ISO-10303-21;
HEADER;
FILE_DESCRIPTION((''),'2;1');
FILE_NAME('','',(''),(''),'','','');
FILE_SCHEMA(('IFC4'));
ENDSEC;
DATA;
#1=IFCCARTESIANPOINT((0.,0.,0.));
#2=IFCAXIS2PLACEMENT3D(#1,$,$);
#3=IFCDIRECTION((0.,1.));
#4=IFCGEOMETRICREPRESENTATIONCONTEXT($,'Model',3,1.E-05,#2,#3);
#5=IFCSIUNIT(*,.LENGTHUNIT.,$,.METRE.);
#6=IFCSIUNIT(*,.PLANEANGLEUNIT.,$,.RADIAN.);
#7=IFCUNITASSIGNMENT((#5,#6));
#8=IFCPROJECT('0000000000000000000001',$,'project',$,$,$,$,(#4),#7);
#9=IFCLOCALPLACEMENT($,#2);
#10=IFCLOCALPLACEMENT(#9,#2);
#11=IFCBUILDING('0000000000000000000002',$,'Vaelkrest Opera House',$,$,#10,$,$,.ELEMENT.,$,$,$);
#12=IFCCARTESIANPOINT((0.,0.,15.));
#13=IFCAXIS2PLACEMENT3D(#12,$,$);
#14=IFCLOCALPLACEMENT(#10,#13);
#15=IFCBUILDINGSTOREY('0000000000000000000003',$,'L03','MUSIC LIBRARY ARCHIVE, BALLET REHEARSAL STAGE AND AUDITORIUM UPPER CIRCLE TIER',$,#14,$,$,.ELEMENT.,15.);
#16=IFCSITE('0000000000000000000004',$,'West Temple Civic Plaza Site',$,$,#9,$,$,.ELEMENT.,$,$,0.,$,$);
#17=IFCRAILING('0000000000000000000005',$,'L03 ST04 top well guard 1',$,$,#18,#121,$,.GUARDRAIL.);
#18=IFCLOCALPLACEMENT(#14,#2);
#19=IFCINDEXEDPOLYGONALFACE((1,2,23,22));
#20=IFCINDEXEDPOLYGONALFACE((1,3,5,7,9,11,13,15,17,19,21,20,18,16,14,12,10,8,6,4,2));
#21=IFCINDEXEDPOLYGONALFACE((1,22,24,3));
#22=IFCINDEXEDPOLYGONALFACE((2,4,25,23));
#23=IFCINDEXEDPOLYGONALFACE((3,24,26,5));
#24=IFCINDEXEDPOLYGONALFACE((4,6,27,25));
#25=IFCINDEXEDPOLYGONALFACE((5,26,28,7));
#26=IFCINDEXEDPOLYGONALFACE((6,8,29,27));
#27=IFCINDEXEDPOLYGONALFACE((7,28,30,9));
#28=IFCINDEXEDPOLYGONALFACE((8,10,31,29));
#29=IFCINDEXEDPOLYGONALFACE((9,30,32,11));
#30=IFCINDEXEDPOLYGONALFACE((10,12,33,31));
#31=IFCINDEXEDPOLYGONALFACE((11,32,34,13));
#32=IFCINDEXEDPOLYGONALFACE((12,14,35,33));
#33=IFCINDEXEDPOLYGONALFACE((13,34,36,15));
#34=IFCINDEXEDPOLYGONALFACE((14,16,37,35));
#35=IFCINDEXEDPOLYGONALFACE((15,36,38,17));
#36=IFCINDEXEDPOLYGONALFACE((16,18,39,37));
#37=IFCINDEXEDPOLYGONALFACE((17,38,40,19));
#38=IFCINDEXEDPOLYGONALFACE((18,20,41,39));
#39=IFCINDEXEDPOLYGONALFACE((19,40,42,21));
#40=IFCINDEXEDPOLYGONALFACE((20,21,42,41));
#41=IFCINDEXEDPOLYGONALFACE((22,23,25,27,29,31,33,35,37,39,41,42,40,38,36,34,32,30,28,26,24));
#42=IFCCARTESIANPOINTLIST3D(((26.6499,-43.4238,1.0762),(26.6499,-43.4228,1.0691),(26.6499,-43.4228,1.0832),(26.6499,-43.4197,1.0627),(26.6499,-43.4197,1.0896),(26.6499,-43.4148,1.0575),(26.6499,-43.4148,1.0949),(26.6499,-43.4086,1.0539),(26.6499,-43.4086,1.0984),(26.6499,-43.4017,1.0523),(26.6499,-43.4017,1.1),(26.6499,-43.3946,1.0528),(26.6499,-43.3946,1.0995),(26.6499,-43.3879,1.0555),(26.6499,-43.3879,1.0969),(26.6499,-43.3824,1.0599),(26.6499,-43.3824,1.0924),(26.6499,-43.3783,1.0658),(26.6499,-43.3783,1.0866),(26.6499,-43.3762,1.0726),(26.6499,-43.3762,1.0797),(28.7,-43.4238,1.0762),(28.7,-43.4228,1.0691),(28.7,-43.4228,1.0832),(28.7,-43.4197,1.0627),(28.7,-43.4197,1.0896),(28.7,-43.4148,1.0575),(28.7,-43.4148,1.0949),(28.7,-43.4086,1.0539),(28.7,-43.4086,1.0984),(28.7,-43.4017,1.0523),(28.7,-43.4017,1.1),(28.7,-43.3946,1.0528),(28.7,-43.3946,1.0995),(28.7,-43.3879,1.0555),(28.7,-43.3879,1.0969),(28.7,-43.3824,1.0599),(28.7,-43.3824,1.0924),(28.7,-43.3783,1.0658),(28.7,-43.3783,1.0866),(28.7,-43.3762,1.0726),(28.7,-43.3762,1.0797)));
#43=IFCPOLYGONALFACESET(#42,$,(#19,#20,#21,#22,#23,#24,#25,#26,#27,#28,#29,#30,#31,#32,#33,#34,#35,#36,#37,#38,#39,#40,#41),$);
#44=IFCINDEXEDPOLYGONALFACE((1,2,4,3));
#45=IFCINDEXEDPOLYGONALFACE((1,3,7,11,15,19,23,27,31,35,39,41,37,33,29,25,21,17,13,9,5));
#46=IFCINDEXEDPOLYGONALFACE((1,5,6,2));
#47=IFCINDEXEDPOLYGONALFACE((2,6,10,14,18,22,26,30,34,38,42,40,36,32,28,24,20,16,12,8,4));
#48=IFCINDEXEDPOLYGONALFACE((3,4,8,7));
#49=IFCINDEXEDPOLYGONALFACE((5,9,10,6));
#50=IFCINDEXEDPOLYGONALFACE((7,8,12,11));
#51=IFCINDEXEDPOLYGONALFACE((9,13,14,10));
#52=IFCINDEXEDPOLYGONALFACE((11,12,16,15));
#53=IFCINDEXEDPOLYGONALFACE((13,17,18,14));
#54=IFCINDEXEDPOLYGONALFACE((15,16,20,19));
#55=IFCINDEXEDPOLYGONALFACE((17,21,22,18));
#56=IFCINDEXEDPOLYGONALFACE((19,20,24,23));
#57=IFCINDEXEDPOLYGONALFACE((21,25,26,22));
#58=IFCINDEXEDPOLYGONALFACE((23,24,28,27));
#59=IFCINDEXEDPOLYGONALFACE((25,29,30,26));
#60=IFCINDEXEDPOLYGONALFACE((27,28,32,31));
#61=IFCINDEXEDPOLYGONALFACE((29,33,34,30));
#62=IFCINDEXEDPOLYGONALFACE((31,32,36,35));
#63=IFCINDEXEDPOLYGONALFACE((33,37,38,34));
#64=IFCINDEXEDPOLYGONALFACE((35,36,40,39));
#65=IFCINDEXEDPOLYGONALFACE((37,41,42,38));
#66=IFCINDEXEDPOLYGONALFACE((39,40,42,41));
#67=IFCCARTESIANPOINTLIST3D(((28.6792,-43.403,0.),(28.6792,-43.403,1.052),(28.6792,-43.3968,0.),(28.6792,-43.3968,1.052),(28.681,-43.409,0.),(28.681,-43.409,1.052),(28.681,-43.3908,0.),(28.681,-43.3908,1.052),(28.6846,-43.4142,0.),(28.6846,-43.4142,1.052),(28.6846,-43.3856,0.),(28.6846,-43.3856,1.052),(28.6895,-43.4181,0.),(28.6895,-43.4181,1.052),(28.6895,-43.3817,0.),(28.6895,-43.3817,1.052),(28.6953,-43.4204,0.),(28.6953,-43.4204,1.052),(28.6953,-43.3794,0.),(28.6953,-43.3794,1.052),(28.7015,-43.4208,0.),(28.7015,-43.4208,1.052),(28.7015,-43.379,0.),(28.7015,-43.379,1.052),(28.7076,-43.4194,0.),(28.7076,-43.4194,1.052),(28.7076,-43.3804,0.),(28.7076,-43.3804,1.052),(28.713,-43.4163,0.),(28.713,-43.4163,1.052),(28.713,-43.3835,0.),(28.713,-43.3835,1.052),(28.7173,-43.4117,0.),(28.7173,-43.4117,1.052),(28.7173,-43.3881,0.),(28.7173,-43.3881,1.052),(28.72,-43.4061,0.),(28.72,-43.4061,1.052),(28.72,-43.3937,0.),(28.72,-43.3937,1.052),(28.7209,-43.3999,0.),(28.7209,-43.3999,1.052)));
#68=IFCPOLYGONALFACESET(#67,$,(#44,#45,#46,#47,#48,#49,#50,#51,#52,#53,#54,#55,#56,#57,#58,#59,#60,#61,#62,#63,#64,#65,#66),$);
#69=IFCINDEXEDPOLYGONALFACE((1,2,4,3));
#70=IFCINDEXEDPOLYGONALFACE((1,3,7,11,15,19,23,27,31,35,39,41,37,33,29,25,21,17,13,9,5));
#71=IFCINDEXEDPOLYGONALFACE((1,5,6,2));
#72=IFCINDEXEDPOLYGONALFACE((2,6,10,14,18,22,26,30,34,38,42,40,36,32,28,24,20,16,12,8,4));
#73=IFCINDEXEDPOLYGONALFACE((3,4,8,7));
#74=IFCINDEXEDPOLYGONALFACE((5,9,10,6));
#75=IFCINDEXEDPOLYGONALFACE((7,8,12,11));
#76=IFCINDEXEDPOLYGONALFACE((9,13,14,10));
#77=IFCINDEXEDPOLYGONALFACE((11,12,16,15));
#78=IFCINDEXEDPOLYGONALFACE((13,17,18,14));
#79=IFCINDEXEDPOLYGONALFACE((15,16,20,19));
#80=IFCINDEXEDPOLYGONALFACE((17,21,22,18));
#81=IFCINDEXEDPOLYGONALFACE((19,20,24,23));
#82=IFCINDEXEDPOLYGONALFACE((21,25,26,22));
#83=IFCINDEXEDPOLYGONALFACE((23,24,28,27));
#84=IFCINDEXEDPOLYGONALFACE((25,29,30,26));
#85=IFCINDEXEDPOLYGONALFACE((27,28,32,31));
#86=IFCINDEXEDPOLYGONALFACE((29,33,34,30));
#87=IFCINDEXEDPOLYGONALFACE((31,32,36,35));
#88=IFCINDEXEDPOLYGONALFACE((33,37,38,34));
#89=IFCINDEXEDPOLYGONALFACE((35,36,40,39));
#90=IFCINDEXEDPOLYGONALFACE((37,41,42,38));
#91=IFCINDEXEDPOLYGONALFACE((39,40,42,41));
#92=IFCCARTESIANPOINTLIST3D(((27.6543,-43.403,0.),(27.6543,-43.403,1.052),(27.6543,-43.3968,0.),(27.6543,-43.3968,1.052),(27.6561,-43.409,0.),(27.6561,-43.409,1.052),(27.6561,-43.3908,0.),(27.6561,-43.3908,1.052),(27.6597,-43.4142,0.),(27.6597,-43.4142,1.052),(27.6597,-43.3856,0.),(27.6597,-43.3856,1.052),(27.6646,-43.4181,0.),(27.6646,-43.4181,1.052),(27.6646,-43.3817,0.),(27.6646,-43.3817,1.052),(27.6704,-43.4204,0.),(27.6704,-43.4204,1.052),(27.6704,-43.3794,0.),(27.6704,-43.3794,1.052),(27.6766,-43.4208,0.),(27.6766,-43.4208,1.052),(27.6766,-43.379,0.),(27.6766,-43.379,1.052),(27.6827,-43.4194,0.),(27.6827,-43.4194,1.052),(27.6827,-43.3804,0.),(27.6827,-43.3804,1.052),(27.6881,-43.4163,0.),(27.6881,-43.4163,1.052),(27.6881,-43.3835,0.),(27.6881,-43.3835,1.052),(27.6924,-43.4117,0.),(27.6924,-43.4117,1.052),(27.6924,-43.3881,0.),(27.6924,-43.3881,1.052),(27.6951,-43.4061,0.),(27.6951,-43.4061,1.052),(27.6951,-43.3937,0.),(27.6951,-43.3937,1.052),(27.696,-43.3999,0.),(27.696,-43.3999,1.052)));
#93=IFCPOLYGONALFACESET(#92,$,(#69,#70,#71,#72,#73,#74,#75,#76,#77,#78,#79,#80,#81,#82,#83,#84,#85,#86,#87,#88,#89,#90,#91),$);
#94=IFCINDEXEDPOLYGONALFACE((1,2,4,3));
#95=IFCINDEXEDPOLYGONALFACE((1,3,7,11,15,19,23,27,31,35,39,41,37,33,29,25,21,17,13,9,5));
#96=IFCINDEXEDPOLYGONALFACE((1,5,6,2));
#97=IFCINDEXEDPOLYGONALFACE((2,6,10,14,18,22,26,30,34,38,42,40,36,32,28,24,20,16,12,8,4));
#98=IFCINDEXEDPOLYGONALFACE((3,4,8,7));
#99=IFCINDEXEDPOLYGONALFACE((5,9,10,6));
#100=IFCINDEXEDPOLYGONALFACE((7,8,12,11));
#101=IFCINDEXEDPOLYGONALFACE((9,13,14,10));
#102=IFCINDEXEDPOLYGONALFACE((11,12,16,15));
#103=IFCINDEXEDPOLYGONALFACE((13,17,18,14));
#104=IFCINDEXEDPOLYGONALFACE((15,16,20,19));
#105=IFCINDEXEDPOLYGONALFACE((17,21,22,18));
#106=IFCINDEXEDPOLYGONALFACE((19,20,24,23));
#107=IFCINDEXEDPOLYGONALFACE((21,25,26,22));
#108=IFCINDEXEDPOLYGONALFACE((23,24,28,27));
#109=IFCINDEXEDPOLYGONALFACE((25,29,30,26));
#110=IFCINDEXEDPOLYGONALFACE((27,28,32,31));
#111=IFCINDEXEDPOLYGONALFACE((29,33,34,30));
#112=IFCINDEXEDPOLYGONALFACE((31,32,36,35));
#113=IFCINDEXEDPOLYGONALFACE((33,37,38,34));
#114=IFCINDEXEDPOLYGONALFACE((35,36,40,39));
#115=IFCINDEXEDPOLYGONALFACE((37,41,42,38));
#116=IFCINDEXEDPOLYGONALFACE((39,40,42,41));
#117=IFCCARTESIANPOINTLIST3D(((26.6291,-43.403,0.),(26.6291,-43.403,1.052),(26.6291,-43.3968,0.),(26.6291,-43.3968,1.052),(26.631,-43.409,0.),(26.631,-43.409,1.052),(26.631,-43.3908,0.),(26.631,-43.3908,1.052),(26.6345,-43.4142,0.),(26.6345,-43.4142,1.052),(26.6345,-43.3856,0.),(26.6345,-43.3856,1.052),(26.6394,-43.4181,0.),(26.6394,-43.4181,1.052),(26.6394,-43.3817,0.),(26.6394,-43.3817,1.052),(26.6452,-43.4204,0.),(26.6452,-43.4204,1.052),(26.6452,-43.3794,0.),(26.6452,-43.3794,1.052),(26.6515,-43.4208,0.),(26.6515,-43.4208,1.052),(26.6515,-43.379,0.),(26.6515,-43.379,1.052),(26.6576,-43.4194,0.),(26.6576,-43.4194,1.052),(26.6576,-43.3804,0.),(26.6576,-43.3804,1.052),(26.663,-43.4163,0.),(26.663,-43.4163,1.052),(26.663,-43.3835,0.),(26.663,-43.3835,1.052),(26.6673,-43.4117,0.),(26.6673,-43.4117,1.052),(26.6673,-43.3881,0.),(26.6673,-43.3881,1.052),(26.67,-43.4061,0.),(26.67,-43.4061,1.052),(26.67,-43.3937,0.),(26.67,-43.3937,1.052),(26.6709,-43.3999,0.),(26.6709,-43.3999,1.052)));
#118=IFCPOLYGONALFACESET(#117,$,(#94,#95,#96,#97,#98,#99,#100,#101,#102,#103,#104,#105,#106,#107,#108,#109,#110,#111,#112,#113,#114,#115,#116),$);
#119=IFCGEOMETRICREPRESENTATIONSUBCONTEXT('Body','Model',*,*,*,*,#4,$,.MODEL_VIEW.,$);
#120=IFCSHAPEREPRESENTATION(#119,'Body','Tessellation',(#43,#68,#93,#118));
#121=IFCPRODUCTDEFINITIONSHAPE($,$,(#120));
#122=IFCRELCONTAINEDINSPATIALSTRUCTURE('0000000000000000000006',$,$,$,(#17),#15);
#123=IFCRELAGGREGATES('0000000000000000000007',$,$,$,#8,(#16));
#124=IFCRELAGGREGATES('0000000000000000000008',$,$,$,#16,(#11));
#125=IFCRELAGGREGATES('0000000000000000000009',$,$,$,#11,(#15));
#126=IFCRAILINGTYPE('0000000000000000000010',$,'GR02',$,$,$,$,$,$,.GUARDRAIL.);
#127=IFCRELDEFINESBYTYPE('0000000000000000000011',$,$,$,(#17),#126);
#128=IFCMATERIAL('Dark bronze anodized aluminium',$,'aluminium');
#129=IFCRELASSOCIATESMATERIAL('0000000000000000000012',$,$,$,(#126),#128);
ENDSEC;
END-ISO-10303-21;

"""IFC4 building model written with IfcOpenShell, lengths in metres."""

from ifc_helpers import new_model, si_unit, direction, frame, origin, origin_2d, place, context, subcontext, project, spatial, circle, extrude, material, type_object, element, save


model = new_model("IFC4")

# Units and contexts
model_context = context("Model", 3, precision=1e-05, world=origin(), true_north=direction((0.0, 1.0)))
body_context = subcontext(model_context, "Body", "Model", "MODEL_VIEW")
ifc_project = project(units=[si_unit("LENGTHUNIT", "METRE"), si_unit("PLANEANGLEUNIT", "RADIAN")], contexts=[model_context])

# Site, building, storey
site_placement = place(None, origin())
site = spatial("IfcSite", under=ifc_project, at=site_placement, Name="West Temple Civic Plaza Site", CompositionType="ELEMENT", RefElevation=0.0)
building_placement = place(site_placement, origin())
building = spatial("IfcBuilding", under=site, at=building_placement, Name="Vaelkrest Opera House", CompositionType="ELEMENT")
storey_placement = place(building_placement, frame((0.0, 0.0, 15.0)))
storey = spatial("IfcBuildingStorey", under=building, at=storey_placement, Name="L03", Description="MUSIC LIBRARY ARCHIVE, BALLET REHEARSAL STAGE AND AUDITORIUM UPPER CIRCLE TIER", CompositionType="ELEMENT", Elevation=15.0)

# Shared definitions
ifc_material_1 = material(Name="Dark bronze anodized aluminium", Category="aluminium")

# Railing
railing_type = type_object("IfcRailingType", Name="GR02", PredefinedType="GUARDRAIL", material=ifc_material_1)
railing_placement = place(storey_placement, frame((28.7, -43.3999, 0.0)))
element("IfcRailing", 1, at=railing_placement, inside=storey, type_object=railing_type, Name="L03 ST04 top well guard 1", PredefinedType="GUARDRAIL", context=body_context, shape_type="SweptSolid", body=[
    extrude(circle(Radius=0.0239, at=origin_2d()), frame((0.0, 0.0, 1.0762), z_axis=(-1.0, 0.0, 0.0), x_axis=(0.0, -1.0, 0.0)), (0.0, 0.0, 1.0), 2.05),
    extrude(circle(Radius=0.021, at=origin_2d()), origin(), (0.0, 0.0, 1.0), 1.052),
    extrude(circle(Radius=0.021, at=origin_2d()), frame((-1.0249, 0.0, 0.0)), (0.0, 0.0, 1.0), 1.052),
    extrude(circle(Radius=0.021, at=origin_2d()), frame((-2.05, 0.0, 0.0)), (0.0, 0.0, 1.0), 1.052),
])

save(model, "model.ifc")
